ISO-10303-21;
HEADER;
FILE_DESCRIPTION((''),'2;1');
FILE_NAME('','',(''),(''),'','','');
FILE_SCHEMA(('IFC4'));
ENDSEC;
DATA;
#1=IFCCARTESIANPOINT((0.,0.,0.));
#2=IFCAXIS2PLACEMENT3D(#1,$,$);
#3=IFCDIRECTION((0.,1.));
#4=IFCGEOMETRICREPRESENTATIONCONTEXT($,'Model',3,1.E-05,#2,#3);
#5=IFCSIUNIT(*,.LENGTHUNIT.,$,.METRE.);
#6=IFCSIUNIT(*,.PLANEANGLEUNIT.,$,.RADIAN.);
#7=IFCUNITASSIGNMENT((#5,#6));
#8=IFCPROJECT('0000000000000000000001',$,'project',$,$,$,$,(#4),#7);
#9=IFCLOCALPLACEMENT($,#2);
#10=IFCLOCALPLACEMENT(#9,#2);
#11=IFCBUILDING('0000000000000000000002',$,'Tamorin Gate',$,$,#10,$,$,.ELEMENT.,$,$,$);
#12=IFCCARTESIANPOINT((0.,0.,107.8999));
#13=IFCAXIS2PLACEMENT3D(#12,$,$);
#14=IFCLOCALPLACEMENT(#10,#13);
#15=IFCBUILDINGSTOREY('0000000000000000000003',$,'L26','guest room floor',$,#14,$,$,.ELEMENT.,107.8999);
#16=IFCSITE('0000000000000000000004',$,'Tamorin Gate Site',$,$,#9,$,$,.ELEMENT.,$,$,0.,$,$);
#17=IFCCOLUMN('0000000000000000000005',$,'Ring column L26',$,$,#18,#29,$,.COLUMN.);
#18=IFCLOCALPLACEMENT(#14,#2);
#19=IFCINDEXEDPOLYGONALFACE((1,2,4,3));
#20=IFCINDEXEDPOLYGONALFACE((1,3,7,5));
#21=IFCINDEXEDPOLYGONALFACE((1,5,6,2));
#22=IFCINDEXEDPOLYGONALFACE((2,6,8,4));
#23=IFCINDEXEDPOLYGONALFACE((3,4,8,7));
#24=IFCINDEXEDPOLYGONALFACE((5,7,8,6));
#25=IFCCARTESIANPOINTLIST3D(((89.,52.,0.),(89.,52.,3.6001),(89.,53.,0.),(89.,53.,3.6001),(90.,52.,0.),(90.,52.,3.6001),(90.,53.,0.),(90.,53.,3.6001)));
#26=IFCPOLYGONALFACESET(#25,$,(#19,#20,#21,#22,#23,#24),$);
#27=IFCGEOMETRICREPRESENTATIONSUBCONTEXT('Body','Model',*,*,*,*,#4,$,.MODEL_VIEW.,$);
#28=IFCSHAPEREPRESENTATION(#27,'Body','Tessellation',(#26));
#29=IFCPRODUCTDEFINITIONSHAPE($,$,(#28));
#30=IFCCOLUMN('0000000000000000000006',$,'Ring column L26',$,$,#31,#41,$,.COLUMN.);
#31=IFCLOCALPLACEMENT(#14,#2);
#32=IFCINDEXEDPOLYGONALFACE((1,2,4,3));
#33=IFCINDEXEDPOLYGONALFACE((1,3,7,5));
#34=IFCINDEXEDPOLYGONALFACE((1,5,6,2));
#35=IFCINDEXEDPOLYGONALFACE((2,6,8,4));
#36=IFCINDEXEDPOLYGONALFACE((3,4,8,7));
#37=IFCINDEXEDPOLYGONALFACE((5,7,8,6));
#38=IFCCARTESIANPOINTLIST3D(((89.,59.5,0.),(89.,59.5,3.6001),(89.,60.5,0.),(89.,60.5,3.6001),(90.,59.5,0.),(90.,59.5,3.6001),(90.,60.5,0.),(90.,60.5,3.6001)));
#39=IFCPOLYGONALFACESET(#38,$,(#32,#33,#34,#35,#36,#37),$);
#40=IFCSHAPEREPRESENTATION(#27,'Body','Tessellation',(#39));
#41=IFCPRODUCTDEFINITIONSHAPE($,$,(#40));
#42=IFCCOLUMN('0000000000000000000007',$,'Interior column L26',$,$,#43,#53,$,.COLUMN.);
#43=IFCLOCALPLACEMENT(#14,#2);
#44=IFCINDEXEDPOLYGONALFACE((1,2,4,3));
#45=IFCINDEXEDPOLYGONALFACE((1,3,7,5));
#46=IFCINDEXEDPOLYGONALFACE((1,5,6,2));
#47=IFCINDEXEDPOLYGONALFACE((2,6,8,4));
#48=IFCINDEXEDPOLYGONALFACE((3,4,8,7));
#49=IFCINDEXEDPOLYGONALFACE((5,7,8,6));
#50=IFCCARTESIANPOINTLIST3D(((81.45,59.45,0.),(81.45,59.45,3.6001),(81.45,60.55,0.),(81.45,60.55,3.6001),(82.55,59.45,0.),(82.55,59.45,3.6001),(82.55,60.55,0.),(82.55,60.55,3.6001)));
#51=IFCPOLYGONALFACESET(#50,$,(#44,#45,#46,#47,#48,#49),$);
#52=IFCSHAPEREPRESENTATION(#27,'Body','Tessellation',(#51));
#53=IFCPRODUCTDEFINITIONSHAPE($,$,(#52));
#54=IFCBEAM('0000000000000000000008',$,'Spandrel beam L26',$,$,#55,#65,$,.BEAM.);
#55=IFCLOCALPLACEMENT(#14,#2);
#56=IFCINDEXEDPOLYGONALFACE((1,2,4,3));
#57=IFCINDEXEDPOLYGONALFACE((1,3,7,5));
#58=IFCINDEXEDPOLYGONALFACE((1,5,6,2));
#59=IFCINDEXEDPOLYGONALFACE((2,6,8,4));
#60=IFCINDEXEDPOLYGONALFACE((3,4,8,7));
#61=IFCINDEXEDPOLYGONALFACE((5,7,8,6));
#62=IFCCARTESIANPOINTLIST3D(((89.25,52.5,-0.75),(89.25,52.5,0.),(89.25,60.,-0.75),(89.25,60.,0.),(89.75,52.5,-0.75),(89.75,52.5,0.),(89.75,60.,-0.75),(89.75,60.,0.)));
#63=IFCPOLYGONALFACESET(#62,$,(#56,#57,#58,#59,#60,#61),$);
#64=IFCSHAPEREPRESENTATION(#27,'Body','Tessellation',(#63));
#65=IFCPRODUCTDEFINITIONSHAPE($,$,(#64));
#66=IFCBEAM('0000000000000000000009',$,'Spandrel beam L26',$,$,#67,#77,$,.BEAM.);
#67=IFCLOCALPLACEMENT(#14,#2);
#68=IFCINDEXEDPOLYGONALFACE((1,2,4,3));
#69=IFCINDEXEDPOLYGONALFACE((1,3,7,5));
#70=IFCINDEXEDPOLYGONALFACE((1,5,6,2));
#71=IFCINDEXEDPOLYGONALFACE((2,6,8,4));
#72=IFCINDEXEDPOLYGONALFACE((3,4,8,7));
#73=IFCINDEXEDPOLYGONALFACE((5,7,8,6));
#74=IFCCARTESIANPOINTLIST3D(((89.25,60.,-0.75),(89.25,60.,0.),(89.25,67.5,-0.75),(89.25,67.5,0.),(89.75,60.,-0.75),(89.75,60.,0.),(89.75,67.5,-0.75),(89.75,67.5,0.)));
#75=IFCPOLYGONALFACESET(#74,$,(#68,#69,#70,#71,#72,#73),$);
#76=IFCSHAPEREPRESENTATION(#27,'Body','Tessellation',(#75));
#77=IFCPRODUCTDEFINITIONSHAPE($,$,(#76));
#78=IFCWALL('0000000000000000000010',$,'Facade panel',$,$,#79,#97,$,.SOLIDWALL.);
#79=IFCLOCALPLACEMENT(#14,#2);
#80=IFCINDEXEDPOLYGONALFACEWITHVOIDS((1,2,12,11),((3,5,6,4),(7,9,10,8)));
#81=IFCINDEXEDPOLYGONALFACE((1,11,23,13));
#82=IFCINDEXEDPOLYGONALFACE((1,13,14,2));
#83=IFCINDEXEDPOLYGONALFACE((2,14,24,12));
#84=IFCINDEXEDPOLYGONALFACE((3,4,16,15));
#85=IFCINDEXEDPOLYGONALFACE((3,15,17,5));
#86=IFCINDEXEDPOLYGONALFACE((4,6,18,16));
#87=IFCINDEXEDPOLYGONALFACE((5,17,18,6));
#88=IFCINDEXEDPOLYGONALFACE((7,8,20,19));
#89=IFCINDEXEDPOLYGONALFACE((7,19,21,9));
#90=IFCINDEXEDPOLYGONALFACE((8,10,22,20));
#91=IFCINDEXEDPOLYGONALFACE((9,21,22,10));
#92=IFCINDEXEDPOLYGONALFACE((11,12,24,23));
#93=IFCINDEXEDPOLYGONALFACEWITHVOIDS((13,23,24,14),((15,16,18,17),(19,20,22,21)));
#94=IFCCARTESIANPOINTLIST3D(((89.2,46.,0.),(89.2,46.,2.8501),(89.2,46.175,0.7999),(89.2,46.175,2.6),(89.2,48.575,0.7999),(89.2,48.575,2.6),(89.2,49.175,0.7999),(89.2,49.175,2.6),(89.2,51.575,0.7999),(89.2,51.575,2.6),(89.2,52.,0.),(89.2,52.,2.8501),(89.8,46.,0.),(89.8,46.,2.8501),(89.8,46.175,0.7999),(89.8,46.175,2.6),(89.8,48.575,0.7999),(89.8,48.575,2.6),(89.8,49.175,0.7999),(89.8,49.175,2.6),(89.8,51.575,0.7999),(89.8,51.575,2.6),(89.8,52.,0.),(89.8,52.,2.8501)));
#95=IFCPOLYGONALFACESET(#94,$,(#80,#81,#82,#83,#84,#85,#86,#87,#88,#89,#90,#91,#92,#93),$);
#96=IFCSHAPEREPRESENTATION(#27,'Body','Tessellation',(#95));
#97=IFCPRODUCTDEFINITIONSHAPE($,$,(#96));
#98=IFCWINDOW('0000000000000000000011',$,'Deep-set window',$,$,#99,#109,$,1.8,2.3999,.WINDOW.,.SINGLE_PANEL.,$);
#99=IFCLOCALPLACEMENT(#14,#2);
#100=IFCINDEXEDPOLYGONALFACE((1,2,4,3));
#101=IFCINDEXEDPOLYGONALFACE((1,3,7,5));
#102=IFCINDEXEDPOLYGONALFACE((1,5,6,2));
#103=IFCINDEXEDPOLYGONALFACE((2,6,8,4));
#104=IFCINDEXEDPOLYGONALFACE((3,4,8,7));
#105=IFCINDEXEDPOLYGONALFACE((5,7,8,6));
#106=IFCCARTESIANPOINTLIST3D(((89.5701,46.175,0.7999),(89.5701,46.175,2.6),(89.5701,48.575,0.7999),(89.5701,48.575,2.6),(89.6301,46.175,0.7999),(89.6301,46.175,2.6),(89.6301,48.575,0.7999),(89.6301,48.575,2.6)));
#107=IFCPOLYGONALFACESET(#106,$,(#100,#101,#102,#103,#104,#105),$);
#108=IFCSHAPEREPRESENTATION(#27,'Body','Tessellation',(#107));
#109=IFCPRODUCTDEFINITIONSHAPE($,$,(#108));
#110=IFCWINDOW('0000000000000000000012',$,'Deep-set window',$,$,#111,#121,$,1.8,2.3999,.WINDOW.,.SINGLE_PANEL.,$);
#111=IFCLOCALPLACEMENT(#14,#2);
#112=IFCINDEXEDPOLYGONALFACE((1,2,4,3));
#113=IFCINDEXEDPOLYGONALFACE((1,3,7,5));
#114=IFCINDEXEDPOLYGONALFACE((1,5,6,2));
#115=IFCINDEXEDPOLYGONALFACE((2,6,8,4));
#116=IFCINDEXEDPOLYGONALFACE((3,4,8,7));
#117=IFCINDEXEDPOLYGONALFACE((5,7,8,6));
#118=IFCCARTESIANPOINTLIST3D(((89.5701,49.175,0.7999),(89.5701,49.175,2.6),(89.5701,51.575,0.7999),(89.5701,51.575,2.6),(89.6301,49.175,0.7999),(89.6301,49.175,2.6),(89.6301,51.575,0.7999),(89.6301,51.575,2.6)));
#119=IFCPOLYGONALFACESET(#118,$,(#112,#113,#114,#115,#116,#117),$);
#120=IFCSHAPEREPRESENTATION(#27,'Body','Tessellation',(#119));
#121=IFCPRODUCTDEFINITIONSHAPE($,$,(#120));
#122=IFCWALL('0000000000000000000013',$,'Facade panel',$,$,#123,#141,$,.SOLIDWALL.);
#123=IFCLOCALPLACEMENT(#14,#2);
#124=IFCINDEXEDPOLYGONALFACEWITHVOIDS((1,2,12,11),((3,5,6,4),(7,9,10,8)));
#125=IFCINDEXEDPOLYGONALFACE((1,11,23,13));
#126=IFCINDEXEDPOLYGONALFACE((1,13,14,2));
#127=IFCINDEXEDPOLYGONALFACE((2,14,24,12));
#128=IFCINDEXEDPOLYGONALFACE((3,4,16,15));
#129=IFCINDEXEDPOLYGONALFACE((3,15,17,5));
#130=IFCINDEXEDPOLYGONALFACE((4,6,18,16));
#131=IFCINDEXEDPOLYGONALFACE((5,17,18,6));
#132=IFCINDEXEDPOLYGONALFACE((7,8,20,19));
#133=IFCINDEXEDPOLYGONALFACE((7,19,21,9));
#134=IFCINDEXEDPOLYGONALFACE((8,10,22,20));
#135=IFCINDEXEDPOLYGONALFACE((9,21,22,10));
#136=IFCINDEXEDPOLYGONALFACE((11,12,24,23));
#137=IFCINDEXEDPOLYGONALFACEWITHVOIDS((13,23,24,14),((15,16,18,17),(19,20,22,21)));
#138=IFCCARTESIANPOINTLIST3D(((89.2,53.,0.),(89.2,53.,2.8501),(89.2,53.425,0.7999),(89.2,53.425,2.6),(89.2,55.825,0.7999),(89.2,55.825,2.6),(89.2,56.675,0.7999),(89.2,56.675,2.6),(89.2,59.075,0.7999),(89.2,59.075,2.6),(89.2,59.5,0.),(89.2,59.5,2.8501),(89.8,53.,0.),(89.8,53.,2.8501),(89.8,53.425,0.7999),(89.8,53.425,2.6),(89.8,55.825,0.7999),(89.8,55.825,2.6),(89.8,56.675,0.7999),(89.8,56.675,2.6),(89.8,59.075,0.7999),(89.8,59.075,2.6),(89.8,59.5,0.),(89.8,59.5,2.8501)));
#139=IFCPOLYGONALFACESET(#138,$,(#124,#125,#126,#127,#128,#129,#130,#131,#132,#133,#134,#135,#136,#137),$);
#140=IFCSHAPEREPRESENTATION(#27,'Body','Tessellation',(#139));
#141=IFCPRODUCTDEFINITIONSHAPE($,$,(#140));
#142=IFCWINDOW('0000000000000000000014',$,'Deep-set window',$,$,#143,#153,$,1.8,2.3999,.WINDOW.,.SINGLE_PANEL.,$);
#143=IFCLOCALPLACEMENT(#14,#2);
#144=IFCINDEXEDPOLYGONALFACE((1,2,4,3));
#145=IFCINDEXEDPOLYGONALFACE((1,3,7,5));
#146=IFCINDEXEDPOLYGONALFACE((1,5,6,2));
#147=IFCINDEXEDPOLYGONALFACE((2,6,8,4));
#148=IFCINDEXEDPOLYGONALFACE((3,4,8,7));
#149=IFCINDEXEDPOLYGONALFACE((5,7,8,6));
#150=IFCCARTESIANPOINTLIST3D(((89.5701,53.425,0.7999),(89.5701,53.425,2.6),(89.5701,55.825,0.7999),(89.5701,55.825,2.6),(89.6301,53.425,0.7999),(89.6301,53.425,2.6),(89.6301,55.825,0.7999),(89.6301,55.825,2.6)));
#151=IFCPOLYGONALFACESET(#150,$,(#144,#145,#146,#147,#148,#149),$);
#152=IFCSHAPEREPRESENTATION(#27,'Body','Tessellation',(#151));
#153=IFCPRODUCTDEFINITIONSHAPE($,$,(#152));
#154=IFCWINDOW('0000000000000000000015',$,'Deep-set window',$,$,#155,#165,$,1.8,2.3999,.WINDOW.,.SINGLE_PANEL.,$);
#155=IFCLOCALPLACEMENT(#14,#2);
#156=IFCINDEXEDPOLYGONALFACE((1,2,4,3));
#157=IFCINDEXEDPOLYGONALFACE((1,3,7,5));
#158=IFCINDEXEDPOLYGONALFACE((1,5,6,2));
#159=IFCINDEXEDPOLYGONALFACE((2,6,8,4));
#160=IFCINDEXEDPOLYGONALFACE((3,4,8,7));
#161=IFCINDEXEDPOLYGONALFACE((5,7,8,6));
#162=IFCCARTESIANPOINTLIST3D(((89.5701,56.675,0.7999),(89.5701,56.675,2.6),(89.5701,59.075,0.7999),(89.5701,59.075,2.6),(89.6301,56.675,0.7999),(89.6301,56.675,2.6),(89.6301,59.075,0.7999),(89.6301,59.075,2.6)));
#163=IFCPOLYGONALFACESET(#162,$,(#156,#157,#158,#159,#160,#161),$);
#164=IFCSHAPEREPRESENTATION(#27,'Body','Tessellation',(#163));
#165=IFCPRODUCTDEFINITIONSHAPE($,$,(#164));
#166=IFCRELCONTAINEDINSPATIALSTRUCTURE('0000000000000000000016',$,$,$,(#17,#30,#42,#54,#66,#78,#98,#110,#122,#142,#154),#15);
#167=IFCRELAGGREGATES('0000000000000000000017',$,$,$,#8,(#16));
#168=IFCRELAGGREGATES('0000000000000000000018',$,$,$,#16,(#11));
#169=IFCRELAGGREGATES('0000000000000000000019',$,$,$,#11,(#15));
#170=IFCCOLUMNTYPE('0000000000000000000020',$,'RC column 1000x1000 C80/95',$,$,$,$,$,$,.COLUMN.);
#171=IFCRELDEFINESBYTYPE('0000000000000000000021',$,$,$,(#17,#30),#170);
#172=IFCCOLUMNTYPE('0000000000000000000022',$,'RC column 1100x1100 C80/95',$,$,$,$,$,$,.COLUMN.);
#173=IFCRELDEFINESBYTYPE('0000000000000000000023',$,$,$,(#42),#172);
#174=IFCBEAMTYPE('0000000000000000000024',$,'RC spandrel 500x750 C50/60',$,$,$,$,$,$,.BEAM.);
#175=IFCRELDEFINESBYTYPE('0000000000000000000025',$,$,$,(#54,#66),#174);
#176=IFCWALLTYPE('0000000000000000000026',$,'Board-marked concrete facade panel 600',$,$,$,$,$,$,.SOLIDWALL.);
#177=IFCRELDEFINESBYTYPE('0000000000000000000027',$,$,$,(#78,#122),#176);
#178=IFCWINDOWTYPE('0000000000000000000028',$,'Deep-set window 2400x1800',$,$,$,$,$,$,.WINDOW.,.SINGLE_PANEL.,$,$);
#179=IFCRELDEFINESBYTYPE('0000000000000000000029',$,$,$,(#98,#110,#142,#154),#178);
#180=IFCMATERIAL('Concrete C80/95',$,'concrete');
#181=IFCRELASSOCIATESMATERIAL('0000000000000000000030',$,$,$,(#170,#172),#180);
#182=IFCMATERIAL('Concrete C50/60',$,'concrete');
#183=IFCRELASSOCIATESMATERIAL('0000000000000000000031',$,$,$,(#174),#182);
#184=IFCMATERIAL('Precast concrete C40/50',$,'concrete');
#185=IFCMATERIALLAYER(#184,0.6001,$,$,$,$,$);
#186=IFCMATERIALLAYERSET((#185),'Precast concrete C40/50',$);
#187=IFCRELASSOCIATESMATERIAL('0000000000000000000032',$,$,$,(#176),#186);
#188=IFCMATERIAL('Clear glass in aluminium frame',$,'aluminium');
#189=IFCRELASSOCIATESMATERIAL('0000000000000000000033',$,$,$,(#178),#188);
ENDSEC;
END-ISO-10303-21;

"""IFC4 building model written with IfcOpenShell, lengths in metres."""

from ifc_helpers import new_model, si_unit, direction, frame, frame_2d, origin, origin_2d, place, context, subcontext, project, spatial, rectangle, extrude, material, layer, layer_set, material_profile, profile_set, type_object, element, fill, save


model = new_model("IFC4")

# Units and contexts
model_context = context("Model", 3, precision=1e-05, world=origin(), true_north=direction((0.0, 1.0)))
body_context = subcontext(model_context, "Body", "Model", "MODEL_VIEW")
ifc_project = project(units=[si_unit("LENGTHUNIT", "METRE"), si_unit("PLANEANGLEUNIT", "RADIAN")], contexts=[model_context])

# Site, building, storey
site_placement = place(None, origin())
site = spatial("IfcSite", under=ifc_project, at=site_placement, Name="Tamorin Gate Site", CompositionType="ELEMENT", RefElevation=0.0)
building_placement = place(site_placement, origin())
building = spatial("IfcBuilding", under=site, at=building_placement, Name="Tamorin Gate", CompositionType="ELEMENT")
storey_placement = place(building_placement, frame((0.0, 0.0, 107.8999)))
storey = spatial("IfcBuildingStorey", under=building, at=storey_placement, Name="L26", Description="guest room floor", CompositionType="ELEMENT", Elevation=107.8999)

# Columns
ifc_material_1 = material(Name="Concrete C80/95", Category="concrete")
ifc_material_profile_1 = material_profile(ifc_material_1, rectangle(XDim=1.0, YDim=1.0, at=origin_2d()), Name="RC 1000x1000")
ifc_profile_set_1 = profile_set([ifc_material_profile_1], Name="Concrete C80/95")
column_type_1 = type_object("IfcColumnType", Name="RC column 1000x1000 C80/95", PredefinedType="COLUMN", material=ifc_profile_set_1)
for number, where, z_axis, x_axis, name in (
    (1, (89.5, 52.5, 0.0), (0.0, 0.0, 1.0), (1.0, 0.0, 0.0), "Ring column L26"),
    (2, (89.5, 60.0, 0.0), (0.0, 0.0, 1.0), (1.0, 0.0, 0.0), "Ring column L26"),
):
    element("IfcColumn", number, at=place(storey_placement, frame(where, z_axis=z_axis, x_axis=x_axis)), inside=storey, type_object=column_type_1, Name=name, PredefinedType="COLUMN", context=body_context, shape_type="SweptSolid", body=[
        extrude(rectangle(XDim=1.0, YDim=1.0, at=origin_2d()), origin(), (0.0, 0.0, 1.0), 3.6001),
    ])
ifc_material_profile_2 = material_profile(ifc_material_1, rectangle(XDim=1.1001, YDim=1.1001, at=origin_2d()), Name="RC 1100x1100")
ifc_profile_set_2 = profile_set([ifc_material_profile_2], Name="Concrete C80/95")
column_type_2 = type_object("IfcColumnType", Name="RC column 1100x1100 C80/95", PredefinedType="COLUMN", material=ifc_profile_set_2)
column_placement = place(storey_placement, frame((82.0, 60.0, 0.0), z_axis=(0.0, 0.0, 1.0), x_axis=(1.0, 0.0, 0.0)))
element("IfcColumn", 3, at=column_placement, inside=storey, type_object=column_type_2, Name="Interior column L26", PredefinedType="COLUMN", context=body_context, shape_type="SweptSolid", body=[
    extrude(rectangle(XDim=1.1001, YDim=1.1001, at=origin_2d()), origin(), (0.0, 0.0, 1.0), 3.6001),
])

# Beams
ifc_material_2 = material(Name="Concrete C50/60", Category="concrete")
ifc_material_profile_3 = material_profile(ifc_material_2, rectangle(XDim=0.5, YDim=0.75, at=origin_2d()), Name="RC 500x750")
ifc_profile_set_3 = profile_set([ifc_material_profile_3], Name="Concrete C50/60")
beam_type = type_object("IfcBeamType", Name="RC spandrel 500x750 C50/60", PredefinedType="BEAM", material=ifc_profile_set_3)
for number, where, z_axis, x_axis, name in (
    (4, (89.5, 52.5, -0.375), (0.0, 1.0, 0.0), (-1.0, 0.0, 0.0), "Spandrel beam L26"),
    (5, (89.5, 60.0, -0.375), (0.0, 1.0, 0.0), (-1.0, 0.0, 0.0), "Spandrel beam L26"),
):
    element("IfcBeam", number, at=place(storey_placement, frame(where, z_axis=z_axis, x_axis=x_axis)), inside=storey, type_object=beam_type, Name=name, PredefinedType="BEAM", context=body_context, shape_type="SweptSolid", body=[
        extrude(rectangle(XDim=0.5, YDim=0.75, at=origin_2d()), origin(), (0.0, 0.0, 1.0), 7.5),
    ])

# Walls, openings, windows
ifc_material_3 = material(Name="Precast concrete C40/50", Category="concrete")
ifc_layer_1 = layer(ifc_material_3, 0.6001)
ifc_layer_set_1 = layer_set([ifc_layer_1], Name="Precast concrete C40/50")
wall_type_1 = type_object("IfcWallType", Name="Board-marked concrete facade panel 600", PredefinedType="SOLIDWALL", material=ifc_layer_set_1)
wall_1_placement = place(storey_placement, frame((89.5, 46.0, 0.0), z_axis=(0.0, 0.0, 1.0), x_axis=(0.0, 1.0, 0.0)))
wall_1 = element("IfcWall", 6, at=wall_1_placement, inside=storey, type_object=wall_type_1, Name="Facade panel", PredefinedType="SOLIDWALL", context=body_context, shape_type="SweptSolid", body=[
    extrude(rectangle(XDim=6.0, YDim=0.6001, at=frame_2d((3.0, 0.0))), origin(), (0.0, 0.0, 1.0), 2.8501),
])
opening_1_placement = place(wall_1_placement, frame((0.175, 0.0, 0.8)))
opening_1 = element("IfcOpeningElement", 7, at=opening_1_placement, cuts=wall_1, PredefinedType="OPENING", context=body_context, shape_type="SweptSolid", body=[
    extrude(rectangle(XDim=2.3999, YDim=1.8, at=frame_2d((1.2, 0.8999))), frame((0.0, 0.3101, 0.0), z_axis=(0.0, -1.0, 0.0), x_axis=(1.0, 0.0, 0.0)), (0.0, 0.0, 1.0), 0.6201),
])
opening_2_placement = place(wall_1_placement, frame((3.175, 0.0, 0.8)))
opening_2 = element("IfcOpeningElement", 8, at=opening_2_placement, cuts=wall_1, PredefinedType="OPENING", context=body_context, shape_type="SweptSolid", body=[
    extrude(rectangle(XDim=2.3999, YDim=1.8, at=frame_2d((1.2, 0.8999))), frame((0.0, 0.3101, 0.0), z_axis=(0.0, -1.0, 0.0), x_axis=(1.0, 0.0, 0.0)), (0.0, 0.0, 1.0), 0.6201),
])
ifc_material_4 = material(Name="Clear glass in aluminium frame", Category="aluminium")
window_type = type_object("IfcWindowType", Name="Deep-set window 2400x1800", PartitioningType="SINGLE_PANEL", PredefinedType="WINDOW", material=ifc_material_4)
window_1_placement = place(opening_1_placement, origin())
window_1 = element("IfcWindow", 9, at=window_1_placement, inside=storey, type_object=window_type, Name="Deep-set window", OverallHeight=1.8, OverallWidth=2.3999, PartitioningType="SINGLE_PANEL", PredefinedType="WINDOW", context=body_context, shape_type="SweptSolid", body=[
    extrude(rectangle(XDim=2.3999, YDim=1.8, at=frame_2d((1.2, 0.8999))), frame((0.0, -0.0701, 0.0), z_axis=(0.0, -1.0, 0.0), x_axis=(1.0, 0.0, 0.0)), (0.0, 0.0, 1.0), 0.0601),
])
fill(opening_1, window_1)
window_2_placement = place(opening_2_placement, origin())
window_2 = element("IfcWindow", 10, at=window_2_placement, inside=storey, type_object=window_type, Name="Deep-set window", OverallHeight=1.8, OverallWidth=2.3999, PartitioningType="SINGLE_PANEL", PredefinedType="WINDOW", context=body_context, shape_type="SweptSolid", body=[
    extrude(rectangle(XDim=2.3999, YDim=1.8, at=frame_2d((1.2, 0.8999))), frame((0.0, -0.0701, 0.0), z_axis=(0.0, -1.0, 0.0), x_axis=(1.0, 0.0, 0.0)), (0.0, 0.0, 1.0), 0.0601),
])
fill(opening_2, window_2)
wall_2_placement = place(storey_placement, frame((89.5, 53.0, 0.0), z_axis=(0.0, 0.0, 1.0), x_axis=(0.0, 1.0, 0.0)))
wall_2 = element("IfcWall", 11, at=wall_2_placement, inside=storey, type_object=wall_type_1, Name="Facade panel", PredefinedType="SOLIDWALL", context=body_context, shape_type="SweptSolid", body=[
    extrude(rectangle(XDim=6.5, YDim=0.6001, at=frame_2d((3.25, 0.0))), origin(), (0.0, 0.0, 1.0), 2.8501),
])
opening_3_placement = place(wall_2_placement, frame((0.425, 0.0, 0.8)))
opening_3 = element("IfcOpeningElement", 12, at=opening_3_placement, cuts=wall_2, PredefinedType="OPENING", context=body_context, shape_type="SweptSolid", body=[
    extrude(rectangle(XDim=2.3999, YDim=1.8, at=frame_2d((1.2, 0.8999))), frame((0.0, 0.3101, 0.0), z_axis=(0.0, -1.0, 0.0), x_axis=(1.0, 0.0, 0.0)), (0.0, 0.0, 1.0), 0.6201),
])
opening_4_placement = place(wall_2_placement, frame((3.675, 0.0, 0.8)))
opening_4 = element("IfcOpeningElement", 13, at=opening_4_placement, cuts=wall_2, PredefinedType="OPENING", context=body_context, shape_type="SweptSolid", body=[
    extrude(rectangle(XDim=2.3999, YDim=1.8, at=frame_2d((1.2, 0.8999))), frame((0.0, 0.3101, 0.0), z_axis=(0.0, -1.0, 0.0), x_axis=(1.0, 0.0, 0.0)), (0.0, 0.0, 1.0), 0.6201),
])
window_3_placement = place(opening_3_placement, origin())
window_3 = element("IfcWindow", 14, at=window_3_placement, inside=storey, type_object=window_type, Name="Deep-set window", OverallHeight=1.8, OverallWidth=2.3999, PartitioningType="SINGLE_PANEL", PredefinedType="WINDOW", context=body_context, shape_type="SweptSolid", body=[
    extrude(rectangle(XDim=2.3999, YDim=1.8, at=frame_2d((1.2, 0.8999))), frame((0.0, -0.0701, 0.0), z_axis=(0.0, -1.0, 0.0), x_axis=(1.0, 0.0, 0.0)), (0.0, 0.0, 1.0), 0.0601),
])
fill(opening_3, window_3)
window_4_placement = place(opening_4_placement, origin())
window_4 = element("IfcWindow", 15, at=window_4_placement, inside=storey, type_object=window_type, Name="Deep-set window", OverallHeight=1.8, OverallWidth=2.3999, PartitioningType="SINGLE_PANEL", PredefinedType="WINDOW", context=body_context, shape_type="SweptSolid", body=[
    extrude(rectangle(XDim=2.3999, YDim=1.8, at=frame_2d((1.2, 0.8999))), frame((0.0, -0.0701, 0.0), z_axis=(0.0, -1.0, 0.0), x_axis=(1.0, 0.0, 0.0)), (0.0, 0.0, 1.0), 0.0601),
])
fill(opening_4, window_4)

save(model, "model.ifc")
